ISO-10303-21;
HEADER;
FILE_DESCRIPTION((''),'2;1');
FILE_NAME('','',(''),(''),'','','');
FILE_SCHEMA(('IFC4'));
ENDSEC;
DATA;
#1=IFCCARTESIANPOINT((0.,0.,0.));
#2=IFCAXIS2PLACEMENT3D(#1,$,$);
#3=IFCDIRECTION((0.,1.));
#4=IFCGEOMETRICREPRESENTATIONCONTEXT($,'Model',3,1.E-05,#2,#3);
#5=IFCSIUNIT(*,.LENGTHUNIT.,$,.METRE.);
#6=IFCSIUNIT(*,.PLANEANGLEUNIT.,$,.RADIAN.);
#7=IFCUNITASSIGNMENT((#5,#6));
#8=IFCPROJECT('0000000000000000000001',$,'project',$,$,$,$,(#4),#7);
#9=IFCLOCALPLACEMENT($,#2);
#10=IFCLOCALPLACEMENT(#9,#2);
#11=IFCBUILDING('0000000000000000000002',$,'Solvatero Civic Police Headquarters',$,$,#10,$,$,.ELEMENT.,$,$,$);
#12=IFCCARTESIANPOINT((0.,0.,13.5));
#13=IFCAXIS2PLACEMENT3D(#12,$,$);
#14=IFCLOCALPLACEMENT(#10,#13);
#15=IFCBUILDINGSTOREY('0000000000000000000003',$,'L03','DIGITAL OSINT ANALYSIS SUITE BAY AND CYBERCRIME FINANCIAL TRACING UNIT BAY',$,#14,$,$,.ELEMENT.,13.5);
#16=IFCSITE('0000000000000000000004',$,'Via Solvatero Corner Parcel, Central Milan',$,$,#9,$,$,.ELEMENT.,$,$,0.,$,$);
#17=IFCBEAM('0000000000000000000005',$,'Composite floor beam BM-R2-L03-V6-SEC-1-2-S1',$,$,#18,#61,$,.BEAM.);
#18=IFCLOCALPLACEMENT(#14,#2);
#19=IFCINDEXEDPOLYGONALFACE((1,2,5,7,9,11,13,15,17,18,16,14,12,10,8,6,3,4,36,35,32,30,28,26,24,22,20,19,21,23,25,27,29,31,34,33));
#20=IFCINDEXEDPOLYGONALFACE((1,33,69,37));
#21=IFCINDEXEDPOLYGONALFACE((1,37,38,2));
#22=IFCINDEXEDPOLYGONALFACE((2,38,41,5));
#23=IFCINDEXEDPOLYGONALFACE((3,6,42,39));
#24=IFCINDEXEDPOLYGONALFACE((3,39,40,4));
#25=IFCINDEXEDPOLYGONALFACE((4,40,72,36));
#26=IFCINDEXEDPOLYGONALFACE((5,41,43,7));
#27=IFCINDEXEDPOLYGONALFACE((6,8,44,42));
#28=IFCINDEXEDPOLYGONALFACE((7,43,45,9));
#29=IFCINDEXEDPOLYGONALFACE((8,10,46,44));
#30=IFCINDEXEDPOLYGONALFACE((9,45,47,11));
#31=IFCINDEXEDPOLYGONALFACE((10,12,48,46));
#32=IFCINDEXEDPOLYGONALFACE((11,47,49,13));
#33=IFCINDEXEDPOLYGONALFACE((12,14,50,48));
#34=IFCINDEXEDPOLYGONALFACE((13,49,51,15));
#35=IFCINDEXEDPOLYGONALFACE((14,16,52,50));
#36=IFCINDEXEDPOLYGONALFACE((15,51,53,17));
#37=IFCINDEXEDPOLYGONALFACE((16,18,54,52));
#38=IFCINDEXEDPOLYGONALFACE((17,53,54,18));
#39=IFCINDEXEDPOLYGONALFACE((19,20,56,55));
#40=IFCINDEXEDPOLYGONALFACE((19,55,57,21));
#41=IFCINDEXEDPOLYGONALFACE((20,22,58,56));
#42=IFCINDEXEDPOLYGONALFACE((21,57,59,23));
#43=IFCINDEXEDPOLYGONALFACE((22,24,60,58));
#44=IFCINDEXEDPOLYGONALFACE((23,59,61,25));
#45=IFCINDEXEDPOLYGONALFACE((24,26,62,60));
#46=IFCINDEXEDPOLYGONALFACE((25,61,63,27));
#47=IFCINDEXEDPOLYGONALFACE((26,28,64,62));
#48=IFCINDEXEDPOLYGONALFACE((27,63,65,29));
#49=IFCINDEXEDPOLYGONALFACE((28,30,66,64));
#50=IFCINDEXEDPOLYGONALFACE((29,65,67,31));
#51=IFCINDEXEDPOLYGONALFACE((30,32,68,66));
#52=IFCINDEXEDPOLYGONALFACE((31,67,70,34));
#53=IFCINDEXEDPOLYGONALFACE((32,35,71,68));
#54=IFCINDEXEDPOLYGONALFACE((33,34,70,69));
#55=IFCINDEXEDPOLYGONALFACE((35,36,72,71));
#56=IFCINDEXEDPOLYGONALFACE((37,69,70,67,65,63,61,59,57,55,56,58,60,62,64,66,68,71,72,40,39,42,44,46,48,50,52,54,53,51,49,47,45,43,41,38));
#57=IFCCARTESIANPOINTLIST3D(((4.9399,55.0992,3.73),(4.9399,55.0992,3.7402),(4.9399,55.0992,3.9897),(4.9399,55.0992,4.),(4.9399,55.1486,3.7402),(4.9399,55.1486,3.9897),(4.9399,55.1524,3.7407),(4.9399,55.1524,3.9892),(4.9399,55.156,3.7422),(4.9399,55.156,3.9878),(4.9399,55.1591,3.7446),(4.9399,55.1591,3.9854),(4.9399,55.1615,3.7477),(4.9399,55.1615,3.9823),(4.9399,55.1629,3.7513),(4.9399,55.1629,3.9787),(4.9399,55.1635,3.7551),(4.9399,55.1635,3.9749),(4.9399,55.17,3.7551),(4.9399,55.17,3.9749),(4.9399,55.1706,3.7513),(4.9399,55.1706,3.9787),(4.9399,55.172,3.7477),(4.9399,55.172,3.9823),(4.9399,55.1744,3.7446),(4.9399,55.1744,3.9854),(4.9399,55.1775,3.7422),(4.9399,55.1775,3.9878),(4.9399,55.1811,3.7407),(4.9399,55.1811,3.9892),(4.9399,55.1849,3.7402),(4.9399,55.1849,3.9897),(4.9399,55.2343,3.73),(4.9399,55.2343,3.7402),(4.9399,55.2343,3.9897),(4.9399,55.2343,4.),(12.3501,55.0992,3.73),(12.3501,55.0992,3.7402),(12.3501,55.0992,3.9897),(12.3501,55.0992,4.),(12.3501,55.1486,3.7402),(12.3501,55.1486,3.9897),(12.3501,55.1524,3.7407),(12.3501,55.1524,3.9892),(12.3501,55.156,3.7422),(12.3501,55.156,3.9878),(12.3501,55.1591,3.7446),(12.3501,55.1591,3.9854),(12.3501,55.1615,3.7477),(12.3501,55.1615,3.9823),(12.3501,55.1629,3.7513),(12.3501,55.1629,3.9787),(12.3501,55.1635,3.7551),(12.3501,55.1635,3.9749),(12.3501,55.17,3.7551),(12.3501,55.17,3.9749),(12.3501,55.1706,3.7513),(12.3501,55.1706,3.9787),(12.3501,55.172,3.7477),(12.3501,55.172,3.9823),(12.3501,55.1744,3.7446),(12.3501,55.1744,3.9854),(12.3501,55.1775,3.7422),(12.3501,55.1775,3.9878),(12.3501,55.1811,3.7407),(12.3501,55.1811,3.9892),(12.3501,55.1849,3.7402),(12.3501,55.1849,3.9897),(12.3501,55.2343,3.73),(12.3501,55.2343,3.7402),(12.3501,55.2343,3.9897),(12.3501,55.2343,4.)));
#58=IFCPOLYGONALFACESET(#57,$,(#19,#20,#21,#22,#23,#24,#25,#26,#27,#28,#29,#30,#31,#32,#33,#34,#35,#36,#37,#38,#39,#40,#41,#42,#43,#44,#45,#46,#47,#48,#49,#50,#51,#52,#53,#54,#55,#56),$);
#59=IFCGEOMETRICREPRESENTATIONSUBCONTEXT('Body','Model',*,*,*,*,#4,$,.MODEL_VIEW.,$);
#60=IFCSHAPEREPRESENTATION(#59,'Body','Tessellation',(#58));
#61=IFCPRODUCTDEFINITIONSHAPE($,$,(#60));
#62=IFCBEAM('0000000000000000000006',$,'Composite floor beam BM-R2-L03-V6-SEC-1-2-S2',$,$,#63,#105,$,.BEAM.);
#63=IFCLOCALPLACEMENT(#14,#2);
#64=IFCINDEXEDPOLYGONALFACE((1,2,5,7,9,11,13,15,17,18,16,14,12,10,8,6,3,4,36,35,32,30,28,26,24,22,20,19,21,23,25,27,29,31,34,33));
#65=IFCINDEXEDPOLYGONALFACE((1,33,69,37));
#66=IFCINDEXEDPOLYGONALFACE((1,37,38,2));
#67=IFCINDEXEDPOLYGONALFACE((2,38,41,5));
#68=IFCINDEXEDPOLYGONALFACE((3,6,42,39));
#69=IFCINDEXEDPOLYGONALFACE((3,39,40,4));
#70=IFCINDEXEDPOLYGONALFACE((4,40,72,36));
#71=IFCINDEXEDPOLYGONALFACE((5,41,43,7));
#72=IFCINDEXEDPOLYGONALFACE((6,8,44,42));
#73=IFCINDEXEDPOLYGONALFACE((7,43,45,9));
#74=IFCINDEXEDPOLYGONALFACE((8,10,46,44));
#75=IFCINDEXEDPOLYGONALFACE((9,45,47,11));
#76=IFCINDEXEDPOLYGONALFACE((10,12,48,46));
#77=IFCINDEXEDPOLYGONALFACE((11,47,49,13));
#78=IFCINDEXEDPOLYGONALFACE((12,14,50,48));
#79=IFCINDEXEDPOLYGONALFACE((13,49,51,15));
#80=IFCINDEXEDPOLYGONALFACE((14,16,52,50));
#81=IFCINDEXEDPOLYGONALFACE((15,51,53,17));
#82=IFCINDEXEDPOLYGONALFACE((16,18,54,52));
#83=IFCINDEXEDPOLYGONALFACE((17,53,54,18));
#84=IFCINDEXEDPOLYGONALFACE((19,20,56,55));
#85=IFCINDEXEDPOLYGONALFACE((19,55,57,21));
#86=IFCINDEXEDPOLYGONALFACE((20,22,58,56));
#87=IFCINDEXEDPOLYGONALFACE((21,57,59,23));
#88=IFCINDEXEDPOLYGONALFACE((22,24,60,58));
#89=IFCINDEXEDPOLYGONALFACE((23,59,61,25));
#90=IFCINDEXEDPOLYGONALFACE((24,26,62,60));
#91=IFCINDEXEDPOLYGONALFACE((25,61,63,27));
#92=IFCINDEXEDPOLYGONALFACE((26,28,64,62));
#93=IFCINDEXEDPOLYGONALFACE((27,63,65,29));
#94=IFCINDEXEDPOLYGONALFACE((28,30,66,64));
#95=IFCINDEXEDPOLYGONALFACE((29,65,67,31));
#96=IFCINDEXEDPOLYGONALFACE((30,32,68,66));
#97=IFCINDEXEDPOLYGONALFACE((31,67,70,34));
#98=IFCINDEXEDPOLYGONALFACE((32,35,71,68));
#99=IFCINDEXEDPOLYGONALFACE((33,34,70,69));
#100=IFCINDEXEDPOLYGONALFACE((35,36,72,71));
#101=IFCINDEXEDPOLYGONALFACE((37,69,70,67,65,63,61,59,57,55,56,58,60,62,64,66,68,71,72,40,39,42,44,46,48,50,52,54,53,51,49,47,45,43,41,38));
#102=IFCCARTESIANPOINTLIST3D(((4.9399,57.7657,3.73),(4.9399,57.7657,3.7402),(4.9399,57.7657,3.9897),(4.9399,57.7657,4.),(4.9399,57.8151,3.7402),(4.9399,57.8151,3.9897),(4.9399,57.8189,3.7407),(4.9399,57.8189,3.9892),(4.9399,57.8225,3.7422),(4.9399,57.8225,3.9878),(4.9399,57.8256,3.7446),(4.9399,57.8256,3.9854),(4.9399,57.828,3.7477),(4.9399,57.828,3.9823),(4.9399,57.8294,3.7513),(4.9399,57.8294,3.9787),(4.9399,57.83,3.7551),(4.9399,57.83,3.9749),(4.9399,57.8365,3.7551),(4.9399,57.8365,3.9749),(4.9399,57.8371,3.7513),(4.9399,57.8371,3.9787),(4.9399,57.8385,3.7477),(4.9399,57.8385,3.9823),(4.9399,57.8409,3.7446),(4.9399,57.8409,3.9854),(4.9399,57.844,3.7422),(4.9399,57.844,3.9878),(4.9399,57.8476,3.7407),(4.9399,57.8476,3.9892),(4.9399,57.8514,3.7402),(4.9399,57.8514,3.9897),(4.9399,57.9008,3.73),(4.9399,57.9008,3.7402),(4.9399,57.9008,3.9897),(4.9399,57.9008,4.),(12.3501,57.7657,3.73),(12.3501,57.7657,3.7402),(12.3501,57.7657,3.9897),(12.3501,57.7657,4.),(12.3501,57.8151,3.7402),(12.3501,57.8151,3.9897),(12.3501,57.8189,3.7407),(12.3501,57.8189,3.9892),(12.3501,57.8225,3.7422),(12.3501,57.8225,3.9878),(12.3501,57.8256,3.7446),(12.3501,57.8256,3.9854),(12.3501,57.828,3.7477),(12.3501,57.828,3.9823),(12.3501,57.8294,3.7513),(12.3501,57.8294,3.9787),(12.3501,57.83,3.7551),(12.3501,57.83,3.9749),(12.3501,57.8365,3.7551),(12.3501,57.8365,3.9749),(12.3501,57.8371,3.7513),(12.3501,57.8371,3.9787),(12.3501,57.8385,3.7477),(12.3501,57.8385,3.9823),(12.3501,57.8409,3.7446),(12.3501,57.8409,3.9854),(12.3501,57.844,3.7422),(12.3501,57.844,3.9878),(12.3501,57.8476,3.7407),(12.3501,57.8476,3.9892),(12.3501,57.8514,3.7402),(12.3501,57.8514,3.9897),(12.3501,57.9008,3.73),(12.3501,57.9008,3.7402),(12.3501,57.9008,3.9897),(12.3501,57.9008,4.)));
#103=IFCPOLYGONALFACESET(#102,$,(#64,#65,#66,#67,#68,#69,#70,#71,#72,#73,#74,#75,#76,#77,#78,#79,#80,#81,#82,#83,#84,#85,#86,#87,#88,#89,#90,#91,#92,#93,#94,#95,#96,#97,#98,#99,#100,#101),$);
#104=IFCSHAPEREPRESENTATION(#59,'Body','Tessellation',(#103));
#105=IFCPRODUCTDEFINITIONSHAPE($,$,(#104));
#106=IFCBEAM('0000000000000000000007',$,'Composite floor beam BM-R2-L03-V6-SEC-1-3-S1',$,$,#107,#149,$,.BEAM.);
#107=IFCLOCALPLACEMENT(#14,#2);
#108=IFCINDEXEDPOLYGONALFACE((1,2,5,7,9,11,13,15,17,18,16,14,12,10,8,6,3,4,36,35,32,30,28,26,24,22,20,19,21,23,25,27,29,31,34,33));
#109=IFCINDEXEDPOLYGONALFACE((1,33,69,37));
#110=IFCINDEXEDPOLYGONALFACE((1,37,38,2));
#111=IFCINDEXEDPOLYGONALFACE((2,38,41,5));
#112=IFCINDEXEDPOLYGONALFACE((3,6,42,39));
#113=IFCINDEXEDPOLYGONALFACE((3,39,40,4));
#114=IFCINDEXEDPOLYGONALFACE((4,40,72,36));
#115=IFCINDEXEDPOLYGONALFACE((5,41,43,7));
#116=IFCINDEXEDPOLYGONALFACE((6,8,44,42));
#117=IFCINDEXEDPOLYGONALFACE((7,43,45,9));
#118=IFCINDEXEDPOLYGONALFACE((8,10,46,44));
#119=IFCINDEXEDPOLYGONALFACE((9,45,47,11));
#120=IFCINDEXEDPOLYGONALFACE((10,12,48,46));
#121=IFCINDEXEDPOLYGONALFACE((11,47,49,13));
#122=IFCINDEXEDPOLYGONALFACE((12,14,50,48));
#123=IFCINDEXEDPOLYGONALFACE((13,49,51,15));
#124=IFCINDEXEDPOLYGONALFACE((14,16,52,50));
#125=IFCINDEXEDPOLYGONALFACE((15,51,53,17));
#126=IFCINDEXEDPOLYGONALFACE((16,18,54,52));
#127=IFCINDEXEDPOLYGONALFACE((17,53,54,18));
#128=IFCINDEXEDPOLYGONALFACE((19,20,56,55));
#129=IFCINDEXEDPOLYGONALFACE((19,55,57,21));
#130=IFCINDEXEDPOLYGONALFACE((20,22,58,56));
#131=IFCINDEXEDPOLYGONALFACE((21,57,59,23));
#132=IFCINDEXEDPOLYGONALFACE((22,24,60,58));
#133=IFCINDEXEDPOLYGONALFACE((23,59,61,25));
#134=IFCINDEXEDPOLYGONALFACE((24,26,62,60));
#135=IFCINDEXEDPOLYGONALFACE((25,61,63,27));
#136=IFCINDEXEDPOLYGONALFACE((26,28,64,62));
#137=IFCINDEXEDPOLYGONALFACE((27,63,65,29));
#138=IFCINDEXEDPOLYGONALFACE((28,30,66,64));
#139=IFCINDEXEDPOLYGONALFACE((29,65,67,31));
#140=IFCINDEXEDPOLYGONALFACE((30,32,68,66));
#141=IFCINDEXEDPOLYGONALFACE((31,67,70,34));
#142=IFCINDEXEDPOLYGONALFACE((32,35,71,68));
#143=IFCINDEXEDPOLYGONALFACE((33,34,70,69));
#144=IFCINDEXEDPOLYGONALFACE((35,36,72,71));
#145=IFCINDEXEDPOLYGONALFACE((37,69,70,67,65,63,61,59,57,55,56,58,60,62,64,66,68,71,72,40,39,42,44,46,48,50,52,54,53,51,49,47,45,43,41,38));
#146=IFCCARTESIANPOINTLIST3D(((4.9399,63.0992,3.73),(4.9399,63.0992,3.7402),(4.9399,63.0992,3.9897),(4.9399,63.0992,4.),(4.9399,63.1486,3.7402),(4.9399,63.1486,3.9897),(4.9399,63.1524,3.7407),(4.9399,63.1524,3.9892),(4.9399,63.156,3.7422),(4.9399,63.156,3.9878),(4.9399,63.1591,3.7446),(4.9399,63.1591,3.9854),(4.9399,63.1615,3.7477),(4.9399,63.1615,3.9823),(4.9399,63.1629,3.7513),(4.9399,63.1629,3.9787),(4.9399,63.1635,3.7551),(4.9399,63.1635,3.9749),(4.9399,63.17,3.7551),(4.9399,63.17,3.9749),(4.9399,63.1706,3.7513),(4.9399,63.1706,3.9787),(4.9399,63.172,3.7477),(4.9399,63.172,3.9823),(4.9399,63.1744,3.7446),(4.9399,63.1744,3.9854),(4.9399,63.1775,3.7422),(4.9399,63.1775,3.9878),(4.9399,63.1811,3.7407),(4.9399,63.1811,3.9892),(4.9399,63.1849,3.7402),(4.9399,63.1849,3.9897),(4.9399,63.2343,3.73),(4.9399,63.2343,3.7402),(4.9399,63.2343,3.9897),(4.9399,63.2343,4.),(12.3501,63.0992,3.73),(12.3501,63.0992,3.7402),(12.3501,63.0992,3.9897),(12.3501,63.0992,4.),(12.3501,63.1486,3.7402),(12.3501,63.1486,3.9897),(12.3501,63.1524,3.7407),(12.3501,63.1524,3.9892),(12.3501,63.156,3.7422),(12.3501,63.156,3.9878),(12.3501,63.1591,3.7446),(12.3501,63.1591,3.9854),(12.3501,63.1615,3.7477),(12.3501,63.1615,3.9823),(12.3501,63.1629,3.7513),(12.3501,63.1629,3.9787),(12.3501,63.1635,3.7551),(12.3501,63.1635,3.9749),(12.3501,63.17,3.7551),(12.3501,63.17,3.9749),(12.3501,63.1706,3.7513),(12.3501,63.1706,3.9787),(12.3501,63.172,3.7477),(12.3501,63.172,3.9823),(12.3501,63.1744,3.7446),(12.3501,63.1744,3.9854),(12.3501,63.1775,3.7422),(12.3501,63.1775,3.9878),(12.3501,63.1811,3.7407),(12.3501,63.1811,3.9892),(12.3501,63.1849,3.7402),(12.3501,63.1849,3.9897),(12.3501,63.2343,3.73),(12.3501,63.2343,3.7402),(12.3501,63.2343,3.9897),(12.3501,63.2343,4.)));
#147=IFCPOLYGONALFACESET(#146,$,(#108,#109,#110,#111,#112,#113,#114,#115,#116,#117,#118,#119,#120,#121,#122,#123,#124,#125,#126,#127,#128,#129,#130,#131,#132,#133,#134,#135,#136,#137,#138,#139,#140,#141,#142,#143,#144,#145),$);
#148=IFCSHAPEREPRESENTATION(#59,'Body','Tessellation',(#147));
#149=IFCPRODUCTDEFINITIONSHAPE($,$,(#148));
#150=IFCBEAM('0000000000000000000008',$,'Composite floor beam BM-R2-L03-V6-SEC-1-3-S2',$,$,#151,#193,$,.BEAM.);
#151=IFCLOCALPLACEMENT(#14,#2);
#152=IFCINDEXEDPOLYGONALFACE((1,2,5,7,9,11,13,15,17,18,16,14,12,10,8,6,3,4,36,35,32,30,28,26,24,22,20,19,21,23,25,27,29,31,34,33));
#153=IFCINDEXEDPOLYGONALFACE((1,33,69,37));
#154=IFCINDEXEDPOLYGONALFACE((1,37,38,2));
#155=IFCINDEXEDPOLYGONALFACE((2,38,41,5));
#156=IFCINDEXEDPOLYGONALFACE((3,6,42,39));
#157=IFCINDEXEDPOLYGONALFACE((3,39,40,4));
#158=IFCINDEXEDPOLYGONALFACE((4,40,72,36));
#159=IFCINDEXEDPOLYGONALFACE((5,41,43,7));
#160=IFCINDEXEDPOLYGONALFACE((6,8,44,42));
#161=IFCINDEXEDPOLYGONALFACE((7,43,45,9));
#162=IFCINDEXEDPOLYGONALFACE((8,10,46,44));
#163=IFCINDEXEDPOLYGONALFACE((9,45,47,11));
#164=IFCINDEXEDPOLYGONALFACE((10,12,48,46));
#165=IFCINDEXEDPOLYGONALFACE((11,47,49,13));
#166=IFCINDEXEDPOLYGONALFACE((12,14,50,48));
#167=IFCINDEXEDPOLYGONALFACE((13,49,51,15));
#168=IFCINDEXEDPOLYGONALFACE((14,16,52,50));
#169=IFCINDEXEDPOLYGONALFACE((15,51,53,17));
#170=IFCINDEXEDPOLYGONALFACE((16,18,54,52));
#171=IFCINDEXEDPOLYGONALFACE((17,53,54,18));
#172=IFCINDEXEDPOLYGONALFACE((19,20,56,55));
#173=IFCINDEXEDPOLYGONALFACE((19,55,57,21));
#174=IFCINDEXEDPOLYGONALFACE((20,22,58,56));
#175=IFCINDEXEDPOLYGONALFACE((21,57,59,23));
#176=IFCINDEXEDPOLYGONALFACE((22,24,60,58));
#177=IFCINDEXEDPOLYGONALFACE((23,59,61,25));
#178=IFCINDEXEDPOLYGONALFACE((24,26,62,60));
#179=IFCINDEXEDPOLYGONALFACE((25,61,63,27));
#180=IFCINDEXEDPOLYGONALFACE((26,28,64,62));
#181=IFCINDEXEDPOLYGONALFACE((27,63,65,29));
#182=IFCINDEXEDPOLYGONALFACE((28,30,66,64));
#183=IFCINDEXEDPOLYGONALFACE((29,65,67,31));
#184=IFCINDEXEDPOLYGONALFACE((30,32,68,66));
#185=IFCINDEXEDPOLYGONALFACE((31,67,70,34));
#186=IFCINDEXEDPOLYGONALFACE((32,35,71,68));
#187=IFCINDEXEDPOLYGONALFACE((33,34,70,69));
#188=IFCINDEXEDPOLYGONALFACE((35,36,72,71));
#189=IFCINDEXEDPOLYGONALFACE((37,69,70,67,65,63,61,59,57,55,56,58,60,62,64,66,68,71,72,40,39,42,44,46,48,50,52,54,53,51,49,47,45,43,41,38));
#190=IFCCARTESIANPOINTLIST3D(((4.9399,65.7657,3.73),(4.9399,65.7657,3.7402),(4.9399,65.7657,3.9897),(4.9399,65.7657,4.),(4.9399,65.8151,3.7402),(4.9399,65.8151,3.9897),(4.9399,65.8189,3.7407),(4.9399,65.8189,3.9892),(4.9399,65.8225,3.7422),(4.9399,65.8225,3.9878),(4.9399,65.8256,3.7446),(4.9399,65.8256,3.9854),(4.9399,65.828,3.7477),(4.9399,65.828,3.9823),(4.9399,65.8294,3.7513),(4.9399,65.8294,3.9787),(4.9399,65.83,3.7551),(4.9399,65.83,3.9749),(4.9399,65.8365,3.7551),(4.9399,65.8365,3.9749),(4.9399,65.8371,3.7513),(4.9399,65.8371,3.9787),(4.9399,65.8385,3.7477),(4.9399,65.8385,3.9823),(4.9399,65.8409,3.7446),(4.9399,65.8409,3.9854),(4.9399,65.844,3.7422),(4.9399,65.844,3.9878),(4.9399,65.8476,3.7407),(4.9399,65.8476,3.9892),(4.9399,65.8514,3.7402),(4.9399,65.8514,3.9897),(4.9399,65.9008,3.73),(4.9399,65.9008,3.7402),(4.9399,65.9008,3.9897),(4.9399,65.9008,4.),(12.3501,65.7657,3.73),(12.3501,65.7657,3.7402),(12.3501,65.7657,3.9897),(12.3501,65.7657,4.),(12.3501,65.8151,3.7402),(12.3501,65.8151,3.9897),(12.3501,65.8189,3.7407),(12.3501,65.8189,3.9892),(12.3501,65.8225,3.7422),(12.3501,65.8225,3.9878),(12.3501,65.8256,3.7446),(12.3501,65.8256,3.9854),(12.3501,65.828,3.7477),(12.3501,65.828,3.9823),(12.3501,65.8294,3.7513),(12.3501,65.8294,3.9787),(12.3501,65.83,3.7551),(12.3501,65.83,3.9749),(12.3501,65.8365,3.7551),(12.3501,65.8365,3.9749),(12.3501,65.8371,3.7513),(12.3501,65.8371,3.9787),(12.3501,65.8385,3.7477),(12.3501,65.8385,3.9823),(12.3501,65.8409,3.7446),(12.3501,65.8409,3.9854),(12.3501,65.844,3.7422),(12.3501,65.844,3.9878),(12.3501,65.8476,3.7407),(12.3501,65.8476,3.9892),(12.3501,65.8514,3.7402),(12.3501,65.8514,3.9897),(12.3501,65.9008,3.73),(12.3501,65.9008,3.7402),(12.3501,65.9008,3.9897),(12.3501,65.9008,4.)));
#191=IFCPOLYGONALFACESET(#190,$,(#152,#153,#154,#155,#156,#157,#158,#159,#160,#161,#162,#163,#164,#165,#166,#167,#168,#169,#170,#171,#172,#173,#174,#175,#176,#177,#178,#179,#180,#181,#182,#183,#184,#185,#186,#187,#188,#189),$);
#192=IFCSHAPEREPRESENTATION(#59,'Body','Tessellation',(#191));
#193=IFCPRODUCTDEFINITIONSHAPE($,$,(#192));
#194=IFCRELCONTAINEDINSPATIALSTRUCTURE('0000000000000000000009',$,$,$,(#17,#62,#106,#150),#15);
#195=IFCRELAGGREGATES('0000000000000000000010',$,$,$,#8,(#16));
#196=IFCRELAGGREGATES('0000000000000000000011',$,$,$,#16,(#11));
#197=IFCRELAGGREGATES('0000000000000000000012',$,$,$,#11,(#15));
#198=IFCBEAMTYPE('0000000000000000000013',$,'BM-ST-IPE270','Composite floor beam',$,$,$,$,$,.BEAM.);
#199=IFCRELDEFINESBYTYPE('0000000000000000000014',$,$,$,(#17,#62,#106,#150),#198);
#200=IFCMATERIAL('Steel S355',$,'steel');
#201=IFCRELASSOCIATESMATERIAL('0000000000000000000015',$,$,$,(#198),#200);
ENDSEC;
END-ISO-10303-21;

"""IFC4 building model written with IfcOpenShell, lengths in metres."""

from ifc_helpers import new_model, si_unit, direction, frame, origin, origin_2d, place, context, subcontext, project, spatial, i_section, extrude, material, material_profile, profile_set, type_object, element, save


model = new_model("IFC4")

# Units and contexts
model_context = context("Model", 3, precision=1e-05, world=origin(), true_north=direction((0.0, 1.0)))
body_context = subcontext(model_context, "Body", "Model", "MODEL_VIEW")
ifc_project = project(units=[si_unit("LENGTHUNIT", "METRE"), si_unit("PLANEANGLEUNIT", "RADIAN")], contexts=[model_context])

# Site, building, storey
site_placement = place(None, origin())
site = spatial("IfcSite", under=ifc_project, at=site_placement, Name="Via Solvatero Corner Parcel, Central Milan", CompositionType="ELEMENT", RefElevation=0.0)
building_placement = place(site_placement, origin())
building = spatial("IfcBuilding", under=site, at=building_placement, Name="Solvatero Civic Police Headquarters", CompositionType="ELEMENT")
storey_placement = place(building_placement, frame((0.0, 0.0, 13.5)))
storey = spatial("IfcBuildingStorey", under=building, at=storey_placement, Name="L03", Description="DIGITAL OSINT ANALYSIS SUITE BAY AND CYBERCRIME FINANCIAL TRACING UNIT BAY", CompositionType="ELEMENT", Elevation=13.5)

# Shared definitions
ifc_material_1 = material(Name="Steel S355", Category="steel")

# Beams
ifc_material_profile_1 = material_profile(ifc_material_1, i_section(OverallWidth=0.135, OverallDepth=0.27, WebThickness=0.0066, FlangeThickness=0.0103, FilletRadius=0.0149, at=origin_2d()), Name="IPE 270")
ifc_profile_set_1 = profile_set([ifc_material_profile_1], Name="Steel S355")
beam_type_1 = type_object("IfcBeamType", Name="BM-ST-IPE270", Description="Composite floor beam", PredefinedType="BEAM", material=ifc_profile_set_1)
for number, where, z_axis, x_axis, name in (
    (1, (4.9399, 55.1667, 3.865), (1.0, 0.0, 0.0), (0.0, 1.0, 0.0), "Composite floor beam BM-R2-L03-V6-SEC-1-2-S1"),
    (2, (4.9399, 57.8333, 3.865), (1.0, 0.0, 0.0), (0.0, 1.0, 0.0), "Composite floor beam BM-R2-L03-V6-SEC-1-2-S2"),
    (3, (4.9399, 63.1667, 3.865), (1.0, 0.0, 0.0), (0.0, 1.0, 0.0), "Composite floor beam BM-R2-L03-V6-SEC-1-3-S1"),
    (4, (4.9399, 65.8333, 3.865), (1.0, 0.0, 0.0), (0.0, 1.0, 0.0), "Composite floor beam BM-R2-L03-V6-SEC-1-3-S2"),
):
    element("IfcBeam", number, at=place(storey_placement, frame(where, z_axis=z_axis, x_axis=x_axis)), inside=storey, type_object=beam_type_1, Name=name, PredefinedType="BEAM", context=body_context, shape_type="SweptSolid", body=[
        extrude(i_section(OverallWidth=0.135, OverallDepth=0.27, WebThickness=0.0066, FlangeThickness=0.0103, FilletRadius=0.0149, at=origin_2d()), origin(), (0.0, 0.0, 1.0), 7.4102),
    ])

save(model, "model.ifc")
